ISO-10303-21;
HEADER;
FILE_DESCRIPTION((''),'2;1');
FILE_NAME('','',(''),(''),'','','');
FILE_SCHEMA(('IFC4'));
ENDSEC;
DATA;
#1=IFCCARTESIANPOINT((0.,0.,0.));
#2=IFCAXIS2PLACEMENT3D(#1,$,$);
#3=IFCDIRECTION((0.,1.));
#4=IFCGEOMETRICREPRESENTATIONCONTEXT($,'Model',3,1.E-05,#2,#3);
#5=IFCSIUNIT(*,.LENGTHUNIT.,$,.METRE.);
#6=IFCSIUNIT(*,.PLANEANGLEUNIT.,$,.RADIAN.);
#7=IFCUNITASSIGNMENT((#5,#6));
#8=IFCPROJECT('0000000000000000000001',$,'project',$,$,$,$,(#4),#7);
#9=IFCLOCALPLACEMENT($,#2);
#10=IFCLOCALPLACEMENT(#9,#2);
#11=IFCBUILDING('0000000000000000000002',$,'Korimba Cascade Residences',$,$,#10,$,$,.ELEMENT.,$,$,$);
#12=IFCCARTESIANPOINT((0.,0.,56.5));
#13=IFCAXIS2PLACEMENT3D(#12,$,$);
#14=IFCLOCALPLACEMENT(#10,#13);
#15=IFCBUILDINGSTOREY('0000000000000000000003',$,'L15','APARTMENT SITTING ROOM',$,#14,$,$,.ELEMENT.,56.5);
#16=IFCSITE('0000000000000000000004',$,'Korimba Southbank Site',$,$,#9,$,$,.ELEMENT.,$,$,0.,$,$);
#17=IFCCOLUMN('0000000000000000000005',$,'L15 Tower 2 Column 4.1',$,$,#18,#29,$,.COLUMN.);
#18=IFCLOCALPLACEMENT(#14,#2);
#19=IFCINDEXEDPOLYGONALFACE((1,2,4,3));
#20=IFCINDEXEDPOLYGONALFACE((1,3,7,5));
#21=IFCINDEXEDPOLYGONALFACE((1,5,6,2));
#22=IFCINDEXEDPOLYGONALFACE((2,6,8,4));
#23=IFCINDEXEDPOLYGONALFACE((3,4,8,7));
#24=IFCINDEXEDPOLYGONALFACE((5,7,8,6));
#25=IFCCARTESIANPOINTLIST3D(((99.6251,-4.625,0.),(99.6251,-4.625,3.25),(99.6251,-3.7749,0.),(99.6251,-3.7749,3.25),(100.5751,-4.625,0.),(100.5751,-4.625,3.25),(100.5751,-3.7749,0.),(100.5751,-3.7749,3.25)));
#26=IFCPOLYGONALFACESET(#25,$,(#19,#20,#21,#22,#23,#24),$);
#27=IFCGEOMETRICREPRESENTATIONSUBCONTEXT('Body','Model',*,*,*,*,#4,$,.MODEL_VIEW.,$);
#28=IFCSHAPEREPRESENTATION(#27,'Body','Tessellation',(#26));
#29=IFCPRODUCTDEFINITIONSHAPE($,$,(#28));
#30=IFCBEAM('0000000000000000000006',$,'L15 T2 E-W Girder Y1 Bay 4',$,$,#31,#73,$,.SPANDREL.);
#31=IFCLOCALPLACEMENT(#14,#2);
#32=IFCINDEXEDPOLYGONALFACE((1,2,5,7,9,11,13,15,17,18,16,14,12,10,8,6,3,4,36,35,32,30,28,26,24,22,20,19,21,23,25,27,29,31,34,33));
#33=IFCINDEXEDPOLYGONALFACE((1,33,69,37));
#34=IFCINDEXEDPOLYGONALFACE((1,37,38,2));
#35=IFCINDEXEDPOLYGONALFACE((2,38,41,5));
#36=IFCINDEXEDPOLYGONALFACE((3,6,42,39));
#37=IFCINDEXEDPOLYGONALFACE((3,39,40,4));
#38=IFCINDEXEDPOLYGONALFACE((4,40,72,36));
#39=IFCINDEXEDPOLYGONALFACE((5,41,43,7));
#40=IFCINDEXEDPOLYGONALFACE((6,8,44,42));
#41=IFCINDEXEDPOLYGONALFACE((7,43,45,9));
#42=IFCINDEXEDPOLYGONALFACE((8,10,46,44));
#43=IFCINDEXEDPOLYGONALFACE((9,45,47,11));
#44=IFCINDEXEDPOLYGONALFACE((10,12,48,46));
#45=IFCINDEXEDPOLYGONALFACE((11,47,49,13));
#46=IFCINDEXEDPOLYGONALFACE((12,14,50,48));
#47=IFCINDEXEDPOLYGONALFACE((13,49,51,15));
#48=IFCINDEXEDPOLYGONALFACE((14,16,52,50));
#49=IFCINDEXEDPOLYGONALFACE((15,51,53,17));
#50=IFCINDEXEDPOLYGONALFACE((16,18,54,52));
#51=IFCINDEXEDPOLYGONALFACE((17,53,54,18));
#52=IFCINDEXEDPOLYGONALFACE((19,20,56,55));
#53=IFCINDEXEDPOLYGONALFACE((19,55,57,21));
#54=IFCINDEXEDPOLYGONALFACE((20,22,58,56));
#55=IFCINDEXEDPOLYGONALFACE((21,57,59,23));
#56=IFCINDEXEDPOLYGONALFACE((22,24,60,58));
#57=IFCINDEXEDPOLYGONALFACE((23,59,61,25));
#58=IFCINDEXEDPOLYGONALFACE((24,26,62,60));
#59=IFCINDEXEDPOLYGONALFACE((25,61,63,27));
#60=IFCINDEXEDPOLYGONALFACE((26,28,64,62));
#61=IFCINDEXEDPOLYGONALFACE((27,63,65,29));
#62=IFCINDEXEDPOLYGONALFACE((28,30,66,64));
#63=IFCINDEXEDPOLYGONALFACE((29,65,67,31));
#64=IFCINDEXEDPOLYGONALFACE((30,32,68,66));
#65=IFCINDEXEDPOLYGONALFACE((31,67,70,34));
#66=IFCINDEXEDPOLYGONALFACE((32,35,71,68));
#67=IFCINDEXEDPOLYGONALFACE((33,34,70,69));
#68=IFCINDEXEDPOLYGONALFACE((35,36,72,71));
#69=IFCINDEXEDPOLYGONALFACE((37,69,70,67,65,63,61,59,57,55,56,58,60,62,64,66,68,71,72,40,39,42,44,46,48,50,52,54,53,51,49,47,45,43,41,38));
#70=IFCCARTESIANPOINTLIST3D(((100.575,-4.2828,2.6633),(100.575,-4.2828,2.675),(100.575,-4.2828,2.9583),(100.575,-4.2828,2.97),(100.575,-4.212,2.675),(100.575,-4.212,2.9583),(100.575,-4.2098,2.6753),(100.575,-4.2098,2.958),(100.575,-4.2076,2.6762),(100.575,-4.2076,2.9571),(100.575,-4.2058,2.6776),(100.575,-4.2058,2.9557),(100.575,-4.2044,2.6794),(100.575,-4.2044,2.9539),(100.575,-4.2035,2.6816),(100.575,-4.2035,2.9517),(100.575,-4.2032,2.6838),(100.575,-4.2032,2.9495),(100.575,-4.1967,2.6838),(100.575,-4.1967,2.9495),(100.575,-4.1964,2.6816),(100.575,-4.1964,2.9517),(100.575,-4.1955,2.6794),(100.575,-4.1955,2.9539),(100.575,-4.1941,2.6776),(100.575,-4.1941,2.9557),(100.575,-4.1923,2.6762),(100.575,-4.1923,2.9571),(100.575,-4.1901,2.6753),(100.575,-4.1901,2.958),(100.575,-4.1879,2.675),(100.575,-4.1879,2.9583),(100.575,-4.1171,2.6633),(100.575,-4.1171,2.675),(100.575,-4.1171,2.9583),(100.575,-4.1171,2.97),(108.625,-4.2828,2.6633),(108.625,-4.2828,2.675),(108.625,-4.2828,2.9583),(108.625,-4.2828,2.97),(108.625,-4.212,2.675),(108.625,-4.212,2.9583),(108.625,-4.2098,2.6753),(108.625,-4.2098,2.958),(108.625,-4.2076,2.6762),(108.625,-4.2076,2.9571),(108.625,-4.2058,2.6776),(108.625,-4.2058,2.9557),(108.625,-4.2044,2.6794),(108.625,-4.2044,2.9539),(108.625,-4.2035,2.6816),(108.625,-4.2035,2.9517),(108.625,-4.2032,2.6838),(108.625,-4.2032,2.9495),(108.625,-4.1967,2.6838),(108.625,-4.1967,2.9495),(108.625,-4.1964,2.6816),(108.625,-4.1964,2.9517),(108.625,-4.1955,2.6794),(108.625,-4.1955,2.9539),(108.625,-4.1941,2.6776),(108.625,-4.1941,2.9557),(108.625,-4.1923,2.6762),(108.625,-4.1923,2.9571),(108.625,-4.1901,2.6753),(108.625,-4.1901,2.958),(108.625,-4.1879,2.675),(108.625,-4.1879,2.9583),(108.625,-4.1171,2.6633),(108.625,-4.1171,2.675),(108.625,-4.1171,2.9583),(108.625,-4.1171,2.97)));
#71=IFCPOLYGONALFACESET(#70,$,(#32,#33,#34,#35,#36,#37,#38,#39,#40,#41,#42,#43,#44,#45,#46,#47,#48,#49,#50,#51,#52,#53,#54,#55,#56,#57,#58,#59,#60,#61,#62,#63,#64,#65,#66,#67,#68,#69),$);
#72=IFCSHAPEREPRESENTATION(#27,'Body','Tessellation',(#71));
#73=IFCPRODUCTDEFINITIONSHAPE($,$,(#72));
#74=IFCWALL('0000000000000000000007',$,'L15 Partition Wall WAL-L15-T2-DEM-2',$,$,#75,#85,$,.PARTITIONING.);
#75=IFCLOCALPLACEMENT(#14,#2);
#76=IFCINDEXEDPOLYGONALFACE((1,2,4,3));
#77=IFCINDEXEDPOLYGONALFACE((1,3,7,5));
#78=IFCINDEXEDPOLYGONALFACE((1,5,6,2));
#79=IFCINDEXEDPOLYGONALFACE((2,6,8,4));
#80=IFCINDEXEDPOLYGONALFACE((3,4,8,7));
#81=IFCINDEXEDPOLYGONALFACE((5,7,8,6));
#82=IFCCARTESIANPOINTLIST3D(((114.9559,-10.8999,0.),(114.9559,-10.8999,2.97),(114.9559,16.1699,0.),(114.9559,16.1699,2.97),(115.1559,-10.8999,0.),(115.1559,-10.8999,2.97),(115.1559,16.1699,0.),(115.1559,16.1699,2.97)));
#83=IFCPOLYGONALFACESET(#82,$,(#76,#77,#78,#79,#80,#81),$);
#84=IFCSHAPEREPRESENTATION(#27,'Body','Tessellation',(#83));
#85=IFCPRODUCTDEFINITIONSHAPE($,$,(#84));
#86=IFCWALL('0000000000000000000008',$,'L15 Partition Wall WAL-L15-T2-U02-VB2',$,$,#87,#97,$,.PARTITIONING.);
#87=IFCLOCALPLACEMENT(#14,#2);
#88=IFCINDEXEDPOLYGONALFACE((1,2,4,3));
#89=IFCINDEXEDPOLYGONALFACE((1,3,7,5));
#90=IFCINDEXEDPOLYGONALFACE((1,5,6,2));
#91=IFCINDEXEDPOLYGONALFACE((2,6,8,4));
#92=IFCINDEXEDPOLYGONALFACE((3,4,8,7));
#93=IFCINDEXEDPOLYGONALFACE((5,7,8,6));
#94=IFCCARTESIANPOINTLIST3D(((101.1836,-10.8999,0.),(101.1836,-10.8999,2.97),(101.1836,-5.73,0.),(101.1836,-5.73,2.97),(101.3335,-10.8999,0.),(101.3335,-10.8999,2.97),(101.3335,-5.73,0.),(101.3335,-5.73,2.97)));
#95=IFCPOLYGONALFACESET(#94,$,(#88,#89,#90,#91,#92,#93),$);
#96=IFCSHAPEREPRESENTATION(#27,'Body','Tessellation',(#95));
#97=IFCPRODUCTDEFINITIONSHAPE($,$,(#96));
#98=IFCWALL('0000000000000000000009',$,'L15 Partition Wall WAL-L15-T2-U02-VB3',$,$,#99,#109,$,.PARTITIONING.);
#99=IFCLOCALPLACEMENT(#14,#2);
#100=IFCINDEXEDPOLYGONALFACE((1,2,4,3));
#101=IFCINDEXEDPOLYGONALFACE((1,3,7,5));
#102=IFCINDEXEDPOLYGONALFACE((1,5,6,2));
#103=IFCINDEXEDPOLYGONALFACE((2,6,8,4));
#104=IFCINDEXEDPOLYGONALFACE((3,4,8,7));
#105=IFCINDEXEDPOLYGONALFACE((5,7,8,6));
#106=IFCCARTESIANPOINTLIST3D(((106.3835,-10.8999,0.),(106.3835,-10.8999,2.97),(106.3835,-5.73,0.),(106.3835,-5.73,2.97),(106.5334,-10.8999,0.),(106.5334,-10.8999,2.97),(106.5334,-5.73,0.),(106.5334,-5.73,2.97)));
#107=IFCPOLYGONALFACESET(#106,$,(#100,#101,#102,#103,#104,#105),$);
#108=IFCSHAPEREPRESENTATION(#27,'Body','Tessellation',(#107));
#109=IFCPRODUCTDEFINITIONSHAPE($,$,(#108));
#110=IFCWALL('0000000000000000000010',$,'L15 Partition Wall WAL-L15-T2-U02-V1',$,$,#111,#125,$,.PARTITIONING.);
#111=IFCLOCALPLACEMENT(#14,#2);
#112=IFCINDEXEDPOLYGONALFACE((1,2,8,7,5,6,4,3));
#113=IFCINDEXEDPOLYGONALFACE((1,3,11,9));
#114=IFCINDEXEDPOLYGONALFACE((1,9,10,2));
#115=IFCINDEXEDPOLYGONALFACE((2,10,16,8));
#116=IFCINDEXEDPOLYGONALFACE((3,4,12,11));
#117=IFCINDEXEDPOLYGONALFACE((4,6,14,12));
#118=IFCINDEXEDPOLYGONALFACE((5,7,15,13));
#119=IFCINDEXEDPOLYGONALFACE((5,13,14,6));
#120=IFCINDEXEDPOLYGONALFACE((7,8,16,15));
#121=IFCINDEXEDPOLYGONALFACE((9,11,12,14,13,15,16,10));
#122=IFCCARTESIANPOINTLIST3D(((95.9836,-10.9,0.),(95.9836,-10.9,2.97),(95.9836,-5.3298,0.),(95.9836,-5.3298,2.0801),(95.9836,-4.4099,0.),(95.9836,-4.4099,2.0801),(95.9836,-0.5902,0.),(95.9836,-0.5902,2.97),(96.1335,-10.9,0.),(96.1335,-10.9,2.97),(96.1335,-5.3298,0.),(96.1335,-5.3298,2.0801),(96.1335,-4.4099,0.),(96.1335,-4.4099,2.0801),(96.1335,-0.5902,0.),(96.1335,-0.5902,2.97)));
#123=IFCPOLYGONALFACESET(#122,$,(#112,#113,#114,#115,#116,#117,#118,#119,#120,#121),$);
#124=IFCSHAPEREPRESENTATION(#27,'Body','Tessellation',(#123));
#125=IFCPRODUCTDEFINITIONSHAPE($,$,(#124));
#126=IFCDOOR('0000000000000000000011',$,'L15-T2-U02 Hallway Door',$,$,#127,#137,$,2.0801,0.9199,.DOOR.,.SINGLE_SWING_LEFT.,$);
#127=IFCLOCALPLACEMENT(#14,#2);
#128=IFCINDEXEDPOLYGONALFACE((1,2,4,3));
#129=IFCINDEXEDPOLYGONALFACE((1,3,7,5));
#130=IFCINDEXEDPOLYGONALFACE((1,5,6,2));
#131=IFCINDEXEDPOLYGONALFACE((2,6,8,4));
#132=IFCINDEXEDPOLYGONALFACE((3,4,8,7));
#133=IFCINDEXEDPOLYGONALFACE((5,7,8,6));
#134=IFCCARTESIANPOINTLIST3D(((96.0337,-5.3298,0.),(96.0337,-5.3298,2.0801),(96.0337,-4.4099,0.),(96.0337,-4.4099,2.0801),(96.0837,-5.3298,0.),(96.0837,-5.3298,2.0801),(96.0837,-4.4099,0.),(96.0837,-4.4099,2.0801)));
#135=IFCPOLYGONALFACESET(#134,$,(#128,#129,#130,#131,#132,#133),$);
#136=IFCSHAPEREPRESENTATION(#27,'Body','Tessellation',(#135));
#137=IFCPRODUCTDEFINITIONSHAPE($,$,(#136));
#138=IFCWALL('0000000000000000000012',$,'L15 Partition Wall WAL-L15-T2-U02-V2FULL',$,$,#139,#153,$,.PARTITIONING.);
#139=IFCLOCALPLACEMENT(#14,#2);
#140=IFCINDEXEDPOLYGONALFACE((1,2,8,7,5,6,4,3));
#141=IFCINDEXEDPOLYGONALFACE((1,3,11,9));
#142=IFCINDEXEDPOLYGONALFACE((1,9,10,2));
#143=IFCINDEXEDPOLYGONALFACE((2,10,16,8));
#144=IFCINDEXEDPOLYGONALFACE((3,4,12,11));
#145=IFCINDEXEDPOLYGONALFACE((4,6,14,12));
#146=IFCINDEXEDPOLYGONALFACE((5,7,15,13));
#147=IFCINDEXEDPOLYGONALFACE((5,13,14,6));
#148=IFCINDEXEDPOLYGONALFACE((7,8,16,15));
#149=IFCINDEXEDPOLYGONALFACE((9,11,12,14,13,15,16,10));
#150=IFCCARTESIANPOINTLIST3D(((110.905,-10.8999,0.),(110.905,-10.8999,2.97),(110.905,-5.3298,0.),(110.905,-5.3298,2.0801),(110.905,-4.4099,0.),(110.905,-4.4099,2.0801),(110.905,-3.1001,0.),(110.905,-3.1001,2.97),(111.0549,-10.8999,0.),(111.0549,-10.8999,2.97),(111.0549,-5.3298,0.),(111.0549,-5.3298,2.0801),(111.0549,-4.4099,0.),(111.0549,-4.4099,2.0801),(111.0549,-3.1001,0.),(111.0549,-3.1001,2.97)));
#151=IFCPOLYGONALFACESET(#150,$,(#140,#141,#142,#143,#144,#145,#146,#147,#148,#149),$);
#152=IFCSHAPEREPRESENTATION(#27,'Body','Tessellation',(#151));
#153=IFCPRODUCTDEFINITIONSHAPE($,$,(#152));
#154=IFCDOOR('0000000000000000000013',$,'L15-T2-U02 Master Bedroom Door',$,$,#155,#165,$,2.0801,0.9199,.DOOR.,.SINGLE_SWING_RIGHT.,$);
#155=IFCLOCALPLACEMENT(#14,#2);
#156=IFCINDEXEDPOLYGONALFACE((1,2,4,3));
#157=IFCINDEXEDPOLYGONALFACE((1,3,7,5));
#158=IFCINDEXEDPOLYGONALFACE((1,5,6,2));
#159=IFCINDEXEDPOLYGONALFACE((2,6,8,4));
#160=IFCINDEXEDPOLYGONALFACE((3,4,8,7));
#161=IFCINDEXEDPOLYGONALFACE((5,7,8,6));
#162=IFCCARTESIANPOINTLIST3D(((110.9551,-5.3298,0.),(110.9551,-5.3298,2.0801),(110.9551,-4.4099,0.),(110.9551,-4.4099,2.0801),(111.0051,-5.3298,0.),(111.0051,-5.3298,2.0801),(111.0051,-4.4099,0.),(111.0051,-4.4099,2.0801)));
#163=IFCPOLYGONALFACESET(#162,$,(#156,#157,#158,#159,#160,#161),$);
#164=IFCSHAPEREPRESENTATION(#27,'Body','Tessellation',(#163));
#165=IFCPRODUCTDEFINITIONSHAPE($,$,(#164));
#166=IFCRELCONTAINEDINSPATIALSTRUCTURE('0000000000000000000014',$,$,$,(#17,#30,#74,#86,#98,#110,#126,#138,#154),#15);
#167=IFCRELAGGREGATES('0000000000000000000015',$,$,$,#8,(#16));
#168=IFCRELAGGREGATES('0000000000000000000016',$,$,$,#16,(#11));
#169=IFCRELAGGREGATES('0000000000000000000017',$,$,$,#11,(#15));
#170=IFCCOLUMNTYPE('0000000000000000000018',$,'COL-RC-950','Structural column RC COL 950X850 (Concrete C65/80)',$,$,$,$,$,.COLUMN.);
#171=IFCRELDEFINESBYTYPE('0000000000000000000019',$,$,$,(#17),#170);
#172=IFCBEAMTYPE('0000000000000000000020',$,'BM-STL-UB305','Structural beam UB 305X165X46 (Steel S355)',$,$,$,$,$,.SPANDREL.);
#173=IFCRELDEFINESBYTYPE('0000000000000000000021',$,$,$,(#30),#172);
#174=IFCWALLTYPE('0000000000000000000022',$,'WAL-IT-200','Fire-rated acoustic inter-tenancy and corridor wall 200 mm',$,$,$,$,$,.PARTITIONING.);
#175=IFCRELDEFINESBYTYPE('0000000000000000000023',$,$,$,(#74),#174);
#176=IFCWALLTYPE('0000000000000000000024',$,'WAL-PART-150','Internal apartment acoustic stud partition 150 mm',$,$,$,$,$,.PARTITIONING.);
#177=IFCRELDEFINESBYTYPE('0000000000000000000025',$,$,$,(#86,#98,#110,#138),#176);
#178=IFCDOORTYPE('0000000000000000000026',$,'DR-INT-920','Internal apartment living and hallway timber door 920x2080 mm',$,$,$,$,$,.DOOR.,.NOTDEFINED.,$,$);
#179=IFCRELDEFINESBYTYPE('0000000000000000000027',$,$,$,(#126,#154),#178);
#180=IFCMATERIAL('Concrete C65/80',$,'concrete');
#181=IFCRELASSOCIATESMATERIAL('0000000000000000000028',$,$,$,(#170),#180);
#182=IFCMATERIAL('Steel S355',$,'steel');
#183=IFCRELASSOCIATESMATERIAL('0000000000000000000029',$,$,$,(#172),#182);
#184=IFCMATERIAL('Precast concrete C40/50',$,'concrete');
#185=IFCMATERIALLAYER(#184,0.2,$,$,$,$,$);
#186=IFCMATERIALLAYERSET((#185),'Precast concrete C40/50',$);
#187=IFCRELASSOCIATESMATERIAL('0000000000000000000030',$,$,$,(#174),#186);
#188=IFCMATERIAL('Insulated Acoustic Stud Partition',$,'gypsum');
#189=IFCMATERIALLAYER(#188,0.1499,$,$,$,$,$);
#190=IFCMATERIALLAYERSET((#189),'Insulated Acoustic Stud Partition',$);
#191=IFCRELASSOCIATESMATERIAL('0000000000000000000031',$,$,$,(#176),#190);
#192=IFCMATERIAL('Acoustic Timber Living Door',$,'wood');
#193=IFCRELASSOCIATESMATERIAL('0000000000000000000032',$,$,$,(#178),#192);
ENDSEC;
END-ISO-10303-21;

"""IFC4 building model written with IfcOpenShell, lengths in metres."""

from ifc_helpers import new_model, si_unit, direction, frame, frame_2d, origin, origin_2d, place, context, subcontext, project, spatial, rectangle, i_section, extrude, material, layer, layer_set, material_profile, profile_set, type_object, element, fill, save


model = new_model("IFC4")

# Units and contexts
model_context = context("Model", 3, precision=1e-05, world=origin(), true_north=direction((0.0, 1.0)))
body_context = subcontext(model_context, "Body", "Model", "MODEL_VIEW")
ifc_project = project(units=[si_unit("LENGTHUNIT", "METRE"), si_unit("PLANEANGLEUNIT", "RADIAN")], contexts=[model_context])

# Site, building, storey
site_placement = place(None, origin())
site = spatial("IfcSite", under=ifc_project, at=site_placement, Name="Korimba Southbank Site", CompositionType="ELEMENT", RefElevation=0.0)
building_placement = place(site_placement, origin())
building = spatial("IfcBuilding", under=site, at=building_placement, Name="Korimba Cascade Residences", CompositionType="ELEMENT")
storey_placement = place(building_placement, frame((0.0, 0.0, 56.5)))
storey = spatial("IfcBuildingStorey", under=building, at=storey_placement, Name="L15", Description="APARTMENT SITTING ROOM", CompositionType="ELEMENT", Elevation=56.5)

# Column
ifc_material_1 = material(Name="Concrete C65/80", Category="concrete")
ifc_material_profile_1 = material_profile(ifc_material_1, rectangle(XDim=0.95, YDim=0.8501, at=origin_2d()), Name="Concrete C65/80")
ifc_profile_set_1 = profile_set([ifc_material_profile_1], Name="Concrete C65/80")
column_type = type_object("IfcColumnType", Name="COL-RC-950", Description="Structural column RC COL 950X850 (Concrete C65/80)", PredefinedType="COLUMN", material=ifc_profile_set_1)
column_placement = place(storey_placement, frame((100.1001, -4.2, 0.0), z_axis=(0.0, 0.0, 1.0), x_axis=(1.0, 0.0, 0.0)))
element("IfcColumn", 1, at=column_placement, inside=storey, type_object=column_type, Name="L15 Tower 2 Column 4.1", PredefinedType="COLUMN", context=body_context, shape_type="SweptSolid", body=[
    extrude(rectangle(XDim=0.95, YDim=0.8501, at=origin_2d()), origin(), (0.0, 0.0, 1.0), 3.25),
])

# Beam
ifc_material_2 = material(Name="Steel S355", Category="steel")
ifc_material_profile_2 = material_profile(ifc_material_2, i_section(OverallWidth=0.1658, OverallDepth=0.3066, WebThickness=0.0066, FlangeThickness=0.0117, FilletRadius=0.0088, at=origin_2d()), Name="Steel S355")
ifc_profile_set_2 = profile_set([ifc_material_profile_2], Name="Steel S355")
beam_type = type_object("IfcBeamType", Name="BM-STL-UB305", Description="Structural beam UB 305X165X46 (Steel S355)", PredefinedType="SPANDREL", material=ifc_profile_set_2)
beam_placement = place(storey_placement, frame((100.575, -4.2, 2.8167), z_axis=(1.0, 0.0, 0.0), x_axis=(0.0, 1.0, 0.0)))
element("IfcBeam", 2, at=beam_placement, inside=storey, type_object=beam_type, Name="L15 T2 E-W Girder Y1 Bay 4", PredefinedType="SPANDREL", context=body_context, shape_type="SweptSolid", body=[
    extrude(i_section(OverallWidth=0.1658, OverallDepth=0.3066, WebThickness=0.0066, FlangeThickness=0.0117, FilletRadius=0.0088, at=origin_2d()), origin(), (0.0, 0.0, 1.0), 8.05),
])

# Walls
ifc_material_3 = material(Name="Precast concrete C40/50", Category="concrete")
ifc_layer_1 = layer(ifc_material_3, 0.2)
ifc_layer_set_1 = layer_set([ifc_layer_1], Name="Precast concrete C40/50")
wall_type_1 = type_object("IfcWallType", Name="WAL-IT-200", Description="Fire-rated acoustic inter-tenancy and corridor wall 200 mm", PredefinedType="PARTITIONING", material=ifc_layer_set_1)
wall_1_placement = place(storey_placement, frame((115.0559, -10.8999, 0.0), z_axis=(0.0, 0.0, 1.0), x_axis=(0.0, 1.0, 0.0)))
element("IfcWall", 3, at=wall_1_placement, inside=storey, type_object=wall_type_1, Name="L15 Partition Wall WAL-L15-T2-DEM-2", PredefinedType="PARTITIONING", context=body_context, shape_type="SweptSolid", body=[
    extrude(rectangle(XDim=27.0698, YDim=0.2, at=frame_2d((13.5349, 0.0))), origin(), (0.0, 0.0, 1.0), 2.97),
])
ifc_material_4 = material(Name="Insulated Acoustic Stud Partition", Category="gypsum")
ifc_layer_2 = layer(ifc_material_4, 0.1499)
ifc_layer_set_2 = layer_set([ifc_layer_2], Name="Insulated Acoustic Stud Partition")
wall_type_2 = type_object("IfcWallType", Name="WAL-PART-150", Description="Internal apartment acoustic stud partition 150 mm", PredefinedType="PARTITIONING", material=ifc_layer_set_2)
for number, where, z_axis, x_axis, name in (
    (4, (101.2585, -10.8999, 0.0), (0.0, 0.0, 1.0), (0.0, 1.0, 0.0), "L15 Partition Wall WAL-L15-T2-U02-VB2"),
    (5, (106.4585, -10.8999, 0.0), (0.0, 0.0, 1.0), (0.0, 1.0, 0.0), "L15 Partition Wall WAL-L15-T2-U02-VB3"),
):
    element("IfcWall", number, at=place(storey_placement, frame(where, z_axis=z_axis, x_axis=x_axis)), inside=storey, type_object=wall_type_2, Name=name, PredefinedType="PARTITIONING", context=body_context, shape_type="SweptSolid", body=[
        extrude(rectangle(XDim=5.1699, YDim=0.1499, at=frame_2d((2.585, 0.0))), origin(), (0.0, 0.0, 1.0), 2.97),
    ])

# Walls, openings, doors
wall_2_placement = place(storey_placement, frame((96.0586, -10.8999, 0.0), z_axis=(0.0, 0.0, 1.0), x_axis=(0.0, 1.0, 0.0)))
wall_2 = element("IfcWall", 6, at=wall_2_placement, inside=storey, type_object=wall_type_2, Name="L15 Partition Wall WAL-L15-T2-U02-V1", PredefinedType="PARTITIONING", context=body_context, shape_type="SweptSolid", body=[
    extrude(rectangle(XDim=10.3098, YDim=0.1499, at=frame_2d((5.1548, 0.0))), origin(), (0.0, 0.0, 1.0), 2.97),
])
opening_1_placement = place(wall_2_placement, frame((5.5701, 0.0, 0.0)))
opening_1 = element("IfcOpeningElement", 7, at=opening_1_placement, cuts=wall_2, PredefinedType="OPENING", context=body_context, shape_type="SweptSolid", body=[
    extrude(rectangle(XDim=0.9199, YDim=2.0801, at=frame_2d((0.46, 1.04))), frame((0.0, 0.085, 0.0), z_axis=(0.0, -1.0, 0.0), x_axis=(1.0, 0.0, 0.0)), (0.0, 0.0, 1.0), 0.1699),
])
ifc_material_5 = material(Name="Acoustic Timber Living Door", Category="wood")
door_type_1 = type_object("IfcDoorType", Name="DR-INT-920", Description="Internal apartment living and hallway timber door 920x2080 mm", OperationType="NOTDEFINED", PredefinedType="DOOR", material=ifc_material_5)
door_1_placement = place(opening_1_placement, origin())
door_1 = element("IfcDoor", 8, at=door_1_placement, inside=storey, type_object=door_type_1, Name="L15-T2-U02 Hallway Door", OperationType="SINGLE_SWING_LEFT", OverallHeight=2.0801, OverallWidth=0.9199, PredefinedType="DOOR", context=body_context, shape_type="SweptSolid", body=[
    extrude(rectangle(XDim=0.9199, YDim=2.0801, at=frame_2d((0.46, 1.04))), frame((0.0, 0.0249, 0.0), z_axis=(0.0, -1.0, 0.0), x_axis=(1.0, 0.0, 0.0)), (0.0, 0.0, 1.0), 0.05),
])
fill(opening_1, door_1)
wall_3_placement = place(storey_placement, frame((110.98, -10.8999, 0.0), z_axis=(0.0, 0.0, 1.0), x_axis=(0.0, 1.0, 0.0)))
wall_3 = element("IfcWall", 9, at=wall_3_placement, inside=storey, type_object=wall_type_2, Name="L15 Partition Wall WAL-L15-T2-U02-V2FULL", PredefinedType="PARTITIONING", context=body_context, shape_type="SweptSolid", body=[
    extrude(rectangle(XDim=7.7998, YDim=0.1499, at=frame_2d((3.8999, 0.0))), origin(), (0.0, 0.0, 1.0), 2.97),
])
opening_2_placement = place(wall_3_placement, frame((5.5701, 0.0, 0.0)))
opening_2 = element("IfcOpeningElement", 10, at=opening_2_placement, cuts=wall_3, PredefinedType="OPENING", context=body_context, shape_type="SweptSolid", body=[
    extrude(rectangle(XDim=0.9199, YDim=2.0801, at=frame_2d((0.46, 1.04))), frame((0.0, 0.085, 0.0), z_axis=(0.0, -1.0, 0.0), x_axis=(1.0, 0.0, 0.0)), (0.0, 0.0, 1.0), 0.1699),
])
door_2_placement = place(opening_2_placement, origin())
door_2 = element("IfcDoor", 11, at=door_2_placement, inside=storey, type_object=door_type_1, Name="L15-T2-U02 Master Bedroom Door", OperationType="SINGLE_SWING_RIGHT", OverallHeight=2.0801, OverallWidth=0.9199, PredefinedType="DOOR", context=body_context, shape_type="SweptSolid", body=[
    extrude(rectangle(XDim=0.9199, YDim=2.0801, at=frame_2d((0.46, 1.04))), frame((0.0, 0.0249, 0.0), z_axis=(0.0, -1.0, 0.0), x_axis=(1.0, 0.0, 0.0)), (0.0, 0.0, 1.0), 0.05),
])
fill(opening_2, door_2)

save(model, "model.ifc")
